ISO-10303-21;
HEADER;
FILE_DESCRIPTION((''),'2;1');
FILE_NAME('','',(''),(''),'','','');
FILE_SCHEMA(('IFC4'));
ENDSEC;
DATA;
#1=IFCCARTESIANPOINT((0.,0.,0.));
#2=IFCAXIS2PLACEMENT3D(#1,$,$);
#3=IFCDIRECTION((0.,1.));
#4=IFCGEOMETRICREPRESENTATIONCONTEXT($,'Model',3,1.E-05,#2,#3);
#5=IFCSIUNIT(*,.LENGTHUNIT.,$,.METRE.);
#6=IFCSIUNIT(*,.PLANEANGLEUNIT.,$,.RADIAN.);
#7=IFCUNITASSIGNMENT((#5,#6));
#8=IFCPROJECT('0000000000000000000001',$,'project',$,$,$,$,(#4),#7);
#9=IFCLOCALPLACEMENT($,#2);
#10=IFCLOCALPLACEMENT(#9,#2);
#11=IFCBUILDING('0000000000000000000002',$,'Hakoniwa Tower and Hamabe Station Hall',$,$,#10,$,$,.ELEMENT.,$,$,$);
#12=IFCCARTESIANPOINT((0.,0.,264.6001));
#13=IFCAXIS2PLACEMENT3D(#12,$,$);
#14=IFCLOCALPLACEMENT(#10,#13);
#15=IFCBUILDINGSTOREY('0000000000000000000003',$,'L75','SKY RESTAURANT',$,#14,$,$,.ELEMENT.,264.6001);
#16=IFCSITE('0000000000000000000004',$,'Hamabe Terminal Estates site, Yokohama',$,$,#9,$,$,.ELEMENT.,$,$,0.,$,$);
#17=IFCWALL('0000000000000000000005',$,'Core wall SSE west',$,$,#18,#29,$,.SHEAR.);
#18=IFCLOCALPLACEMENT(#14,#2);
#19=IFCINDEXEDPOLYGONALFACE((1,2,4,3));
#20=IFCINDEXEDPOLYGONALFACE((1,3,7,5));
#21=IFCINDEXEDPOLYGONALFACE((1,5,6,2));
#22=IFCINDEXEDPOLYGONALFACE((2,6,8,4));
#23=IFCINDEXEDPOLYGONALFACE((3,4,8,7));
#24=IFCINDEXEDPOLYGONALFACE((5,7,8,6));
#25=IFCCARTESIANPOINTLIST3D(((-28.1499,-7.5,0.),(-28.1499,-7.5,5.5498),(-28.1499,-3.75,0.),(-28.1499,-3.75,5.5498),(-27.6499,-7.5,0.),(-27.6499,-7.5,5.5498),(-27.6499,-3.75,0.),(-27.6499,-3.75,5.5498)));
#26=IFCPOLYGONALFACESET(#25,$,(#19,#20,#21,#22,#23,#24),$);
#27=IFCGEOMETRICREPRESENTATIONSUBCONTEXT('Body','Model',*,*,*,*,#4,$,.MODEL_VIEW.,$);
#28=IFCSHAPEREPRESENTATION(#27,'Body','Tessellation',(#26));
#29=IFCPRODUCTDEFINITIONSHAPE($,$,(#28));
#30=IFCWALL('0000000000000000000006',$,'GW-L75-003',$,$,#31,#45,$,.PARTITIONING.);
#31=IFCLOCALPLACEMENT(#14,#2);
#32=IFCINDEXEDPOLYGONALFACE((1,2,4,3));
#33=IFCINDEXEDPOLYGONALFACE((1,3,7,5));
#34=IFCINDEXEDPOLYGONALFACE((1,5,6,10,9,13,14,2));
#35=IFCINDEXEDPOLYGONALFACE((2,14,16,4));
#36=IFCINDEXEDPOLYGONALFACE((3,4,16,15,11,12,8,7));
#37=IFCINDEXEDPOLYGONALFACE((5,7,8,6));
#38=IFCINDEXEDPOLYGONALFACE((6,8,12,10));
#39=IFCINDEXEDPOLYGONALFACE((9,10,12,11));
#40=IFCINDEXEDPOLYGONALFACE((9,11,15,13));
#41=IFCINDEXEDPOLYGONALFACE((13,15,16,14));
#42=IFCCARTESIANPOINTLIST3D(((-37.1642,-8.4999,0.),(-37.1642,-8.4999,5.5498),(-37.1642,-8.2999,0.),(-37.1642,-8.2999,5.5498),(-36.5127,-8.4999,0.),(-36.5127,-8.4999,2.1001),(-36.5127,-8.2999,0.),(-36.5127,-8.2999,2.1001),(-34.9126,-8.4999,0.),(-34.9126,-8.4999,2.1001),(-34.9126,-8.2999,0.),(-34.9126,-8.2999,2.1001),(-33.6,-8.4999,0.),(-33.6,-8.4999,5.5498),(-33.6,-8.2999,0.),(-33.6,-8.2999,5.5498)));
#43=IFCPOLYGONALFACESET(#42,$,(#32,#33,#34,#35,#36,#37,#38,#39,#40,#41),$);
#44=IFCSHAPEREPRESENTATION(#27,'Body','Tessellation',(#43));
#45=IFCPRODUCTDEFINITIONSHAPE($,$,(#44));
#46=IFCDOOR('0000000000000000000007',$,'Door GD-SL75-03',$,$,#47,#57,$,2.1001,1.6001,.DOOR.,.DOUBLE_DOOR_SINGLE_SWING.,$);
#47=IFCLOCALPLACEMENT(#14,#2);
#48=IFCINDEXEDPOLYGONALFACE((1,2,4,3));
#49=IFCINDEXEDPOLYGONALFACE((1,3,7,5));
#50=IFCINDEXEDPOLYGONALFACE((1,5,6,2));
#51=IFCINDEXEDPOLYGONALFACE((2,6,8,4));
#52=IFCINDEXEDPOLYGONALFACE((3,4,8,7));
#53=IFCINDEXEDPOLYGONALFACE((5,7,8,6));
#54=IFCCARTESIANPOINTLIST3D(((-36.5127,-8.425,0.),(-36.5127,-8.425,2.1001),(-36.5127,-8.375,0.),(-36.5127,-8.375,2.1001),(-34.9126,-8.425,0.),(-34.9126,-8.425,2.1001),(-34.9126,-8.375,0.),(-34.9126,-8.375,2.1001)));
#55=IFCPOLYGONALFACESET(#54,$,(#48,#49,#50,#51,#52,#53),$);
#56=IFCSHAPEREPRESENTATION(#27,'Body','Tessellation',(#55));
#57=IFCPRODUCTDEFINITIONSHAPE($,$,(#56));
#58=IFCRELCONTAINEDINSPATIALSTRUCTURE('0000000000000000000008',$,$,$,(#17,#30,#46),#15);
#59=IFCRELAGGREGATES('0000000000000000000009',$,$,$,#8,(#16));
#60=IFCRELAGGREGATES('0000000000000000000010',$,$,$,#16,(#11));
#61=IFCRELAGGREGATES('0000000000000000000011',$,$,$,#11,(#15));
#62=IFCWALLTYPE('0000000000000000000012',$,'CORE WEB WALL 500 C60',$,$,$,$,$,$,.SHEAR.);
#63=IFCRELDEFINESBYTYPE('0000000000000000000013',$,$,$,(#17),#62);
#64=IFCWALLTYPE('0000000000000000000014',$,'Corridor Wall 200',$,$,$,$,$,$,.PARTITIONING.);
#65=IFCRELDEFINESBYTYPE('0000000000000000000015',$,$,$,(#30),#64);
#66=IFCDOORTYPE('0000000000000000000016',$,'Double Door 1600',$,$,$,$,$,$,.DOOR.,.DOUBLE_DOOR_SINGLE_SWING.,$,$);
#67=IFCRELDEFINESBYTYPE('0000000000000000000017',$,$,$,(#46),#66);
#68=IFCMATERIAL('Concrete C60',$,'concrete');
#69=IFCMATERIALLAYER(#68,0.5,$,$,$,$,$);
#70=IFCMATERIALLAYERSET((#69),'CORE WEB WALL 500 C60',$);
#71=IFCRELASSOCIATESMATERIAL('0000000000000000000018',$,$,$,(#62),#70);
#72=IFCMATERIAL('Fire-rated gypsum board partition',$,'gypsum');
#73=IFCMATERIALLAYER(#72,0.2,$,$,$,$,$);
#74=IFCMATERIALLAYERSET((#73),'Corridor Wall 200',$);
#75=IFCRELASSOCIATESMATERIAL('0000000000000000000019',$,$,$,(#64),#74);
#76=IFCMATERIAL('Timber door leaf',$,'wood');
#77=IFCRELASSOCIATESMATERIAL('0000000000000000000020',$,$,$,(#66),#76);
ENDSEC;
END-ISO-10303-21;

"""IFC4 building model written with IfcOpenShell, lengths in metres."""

from ifc_helpers import new_model, si_unit, direction, frame, frame_2d, origin, place, context, subcontext, project, spatial, rectangle, extrude, material, layer, layer_set, type_object, element, fill, save


model = new_model("IFC4")

# Units and contexts
model_context = context("Model", 3, precision=1e-05, world=origin(), true_north=direction((0.0, 1.0)))
body_context = subcontext(model_context, "Body", "Model", "MODEL_VIEW")
ifc_project = project(units=[si_unit("LENGTHUNIT", "METRE"), si_unit("PLANEANGLEUNIT", "RADIAN")], contexts=[model_context])

# Site, building, storey
site_placement = place(None, origin())
site = spatial("IfcSite", under=ifc_project, at=site_placement, Name="Hamabe Terminal Estates site, Yokohama", CompositionType="ELEMENT", RefElevation=0.0)
building_placement = place(site_placement, origin())
building = spatial("IfcBuilding", under=site, at=building_placement, Name="Hakoniwa Tower and Hamabe Station Hall", CompositionType="ELEMENT")
storey_placement = place(building_placement, frame((0.0, 0.0, 264.6001)))
storey = spatial("IfcBuildingStorey", under=building, at=storey_placement, Name="L75", Description="SKY RESTAURANT", CompositionType="ELEMENT", Elevation=264.6001)

# Wall
ifc_material_1 = material(Name="Concrete C60", Category="concrete")
ifc_layer_1 = layer(ifc_material_1, 0.5)
ifc_layer_set_1 = layer_set([ifc_layer_1], Name="CORE WEB WALL 500 C60")
wall_type_1 = type_object("IfcWallType", Name="CORE WEB WALL 500 C60", PredefinedType="SHEAR", material=ifc_layer_set_1)
wall_1_placement = place(storey_placement, frame((-27.8999, -7.5, 0.0), z_axis=(0.0, 0.0, 1.0), x_axis=(0.0, 1.0, 0.0)))
element("IfcWall", 1, at=wall_1_placement, inside=storey, type_object=wall_type_1, Name="Core wall SSE west", PredefinedType="SHEAR", context=body_context, shape_type="SweptSolid", body=[
    extrude(rectangle(XDim=3.75, YDim=0.5, at=frame_2d((1.875, 0.0))), origin(), (0.0, 0.0, 1.0), 5.5498),
])

# Wall, opening, door
ifc_material_2 = material(Name="Fire-rated gypsum board partition", Category="gypsum")
ifc_layer_2 = layer(ifc_material_2, 0.2)
ifc_layer_set_2 = layer_set([ifc_layer_2], Name="Corridor Wall 200")
wall_type_2 = type_object("IfcWallType", Name="Corridor Wall 200", PredefinedType="PARTITIONING", material=ifc_layer_set_2)
wall_2_placement = place(storey_placement, frame((-37.1643, -8.3999, 0.0), z_axis=(0.0, 0.0, 1.0), x_axis=(1.0, 0.0, 0.0)))
wall_2 = element("IfcWall", 2, at=wall_2_placement, inside=storey, type_object=wall_type_2, Name="GW-L75-003", PredefinedType="PARTITIONING", context=body_context, shape_type="SweptSolid", body=[
    extrude(rectangle(XDim=3.5642, YDim=0.2, at=frame_2d((1.7822, 0.0))), origin(), (0.0, 0.0, 1.0), 5.5498),
])
opening_1_placement = place(wall_2_placement, frame((0.6516, 0.0, 0.0)))
opening_1 = element("IfcOpeningElement", 3, at=opening_1_placement, cuts=wall_2, PredefinedType="OPENING", context=body_context, shape_type="SweptSolid", body=[
    extrude(rectangle(XDim=1.6001, YDim=2.1001, at=frame_2d((0.8, 1.05))), frame((0.0, 0.1099, 0.0), z_axis=(0.0, -1.0, 0.0), x_axis=(1.0, 0.0, 0.0)), (0.0, 0.0, 1.0), 0.22),
])
ifc_material_3 = material(Name="Timber door leaf", Category="wood")
door_type_1 = type_object("IfcDoorType", Name="Double Door 1600", OperationType="DOUBLE_DOOR_SINGLE_SWING", PredefinedType="DOOR", material=ifc_material_3)
door_1_placement = place(opening_1_placement, origin())
door_1 = element("IfcDoor", 4, at=door_1_placement, inside=storey, type_object=door_type_1, Name="Door GD-SL75-03", OperationType="DOUBLE_DOOR_SINGLE_SWING", OverallHeight=2.1001, OverallWidth=1.6001, PredefinedType="DOOR", context=body_context, shape_type="SweptSolid", body=[
    extrude(rectangle(XDim=1.6001, YDim=2.1001, at=frame_2d((0.8, 1.05))), frame((0.0, 0.0249, 0.0), z_axis=(0.0, -1.0, 0.0), x_axis=(1.0, 0.0, 0.0)), (0.0, 0.0, 1.0), 0.05),
])
fill(opening_1, door_1)

save(model, "model.ifc")
